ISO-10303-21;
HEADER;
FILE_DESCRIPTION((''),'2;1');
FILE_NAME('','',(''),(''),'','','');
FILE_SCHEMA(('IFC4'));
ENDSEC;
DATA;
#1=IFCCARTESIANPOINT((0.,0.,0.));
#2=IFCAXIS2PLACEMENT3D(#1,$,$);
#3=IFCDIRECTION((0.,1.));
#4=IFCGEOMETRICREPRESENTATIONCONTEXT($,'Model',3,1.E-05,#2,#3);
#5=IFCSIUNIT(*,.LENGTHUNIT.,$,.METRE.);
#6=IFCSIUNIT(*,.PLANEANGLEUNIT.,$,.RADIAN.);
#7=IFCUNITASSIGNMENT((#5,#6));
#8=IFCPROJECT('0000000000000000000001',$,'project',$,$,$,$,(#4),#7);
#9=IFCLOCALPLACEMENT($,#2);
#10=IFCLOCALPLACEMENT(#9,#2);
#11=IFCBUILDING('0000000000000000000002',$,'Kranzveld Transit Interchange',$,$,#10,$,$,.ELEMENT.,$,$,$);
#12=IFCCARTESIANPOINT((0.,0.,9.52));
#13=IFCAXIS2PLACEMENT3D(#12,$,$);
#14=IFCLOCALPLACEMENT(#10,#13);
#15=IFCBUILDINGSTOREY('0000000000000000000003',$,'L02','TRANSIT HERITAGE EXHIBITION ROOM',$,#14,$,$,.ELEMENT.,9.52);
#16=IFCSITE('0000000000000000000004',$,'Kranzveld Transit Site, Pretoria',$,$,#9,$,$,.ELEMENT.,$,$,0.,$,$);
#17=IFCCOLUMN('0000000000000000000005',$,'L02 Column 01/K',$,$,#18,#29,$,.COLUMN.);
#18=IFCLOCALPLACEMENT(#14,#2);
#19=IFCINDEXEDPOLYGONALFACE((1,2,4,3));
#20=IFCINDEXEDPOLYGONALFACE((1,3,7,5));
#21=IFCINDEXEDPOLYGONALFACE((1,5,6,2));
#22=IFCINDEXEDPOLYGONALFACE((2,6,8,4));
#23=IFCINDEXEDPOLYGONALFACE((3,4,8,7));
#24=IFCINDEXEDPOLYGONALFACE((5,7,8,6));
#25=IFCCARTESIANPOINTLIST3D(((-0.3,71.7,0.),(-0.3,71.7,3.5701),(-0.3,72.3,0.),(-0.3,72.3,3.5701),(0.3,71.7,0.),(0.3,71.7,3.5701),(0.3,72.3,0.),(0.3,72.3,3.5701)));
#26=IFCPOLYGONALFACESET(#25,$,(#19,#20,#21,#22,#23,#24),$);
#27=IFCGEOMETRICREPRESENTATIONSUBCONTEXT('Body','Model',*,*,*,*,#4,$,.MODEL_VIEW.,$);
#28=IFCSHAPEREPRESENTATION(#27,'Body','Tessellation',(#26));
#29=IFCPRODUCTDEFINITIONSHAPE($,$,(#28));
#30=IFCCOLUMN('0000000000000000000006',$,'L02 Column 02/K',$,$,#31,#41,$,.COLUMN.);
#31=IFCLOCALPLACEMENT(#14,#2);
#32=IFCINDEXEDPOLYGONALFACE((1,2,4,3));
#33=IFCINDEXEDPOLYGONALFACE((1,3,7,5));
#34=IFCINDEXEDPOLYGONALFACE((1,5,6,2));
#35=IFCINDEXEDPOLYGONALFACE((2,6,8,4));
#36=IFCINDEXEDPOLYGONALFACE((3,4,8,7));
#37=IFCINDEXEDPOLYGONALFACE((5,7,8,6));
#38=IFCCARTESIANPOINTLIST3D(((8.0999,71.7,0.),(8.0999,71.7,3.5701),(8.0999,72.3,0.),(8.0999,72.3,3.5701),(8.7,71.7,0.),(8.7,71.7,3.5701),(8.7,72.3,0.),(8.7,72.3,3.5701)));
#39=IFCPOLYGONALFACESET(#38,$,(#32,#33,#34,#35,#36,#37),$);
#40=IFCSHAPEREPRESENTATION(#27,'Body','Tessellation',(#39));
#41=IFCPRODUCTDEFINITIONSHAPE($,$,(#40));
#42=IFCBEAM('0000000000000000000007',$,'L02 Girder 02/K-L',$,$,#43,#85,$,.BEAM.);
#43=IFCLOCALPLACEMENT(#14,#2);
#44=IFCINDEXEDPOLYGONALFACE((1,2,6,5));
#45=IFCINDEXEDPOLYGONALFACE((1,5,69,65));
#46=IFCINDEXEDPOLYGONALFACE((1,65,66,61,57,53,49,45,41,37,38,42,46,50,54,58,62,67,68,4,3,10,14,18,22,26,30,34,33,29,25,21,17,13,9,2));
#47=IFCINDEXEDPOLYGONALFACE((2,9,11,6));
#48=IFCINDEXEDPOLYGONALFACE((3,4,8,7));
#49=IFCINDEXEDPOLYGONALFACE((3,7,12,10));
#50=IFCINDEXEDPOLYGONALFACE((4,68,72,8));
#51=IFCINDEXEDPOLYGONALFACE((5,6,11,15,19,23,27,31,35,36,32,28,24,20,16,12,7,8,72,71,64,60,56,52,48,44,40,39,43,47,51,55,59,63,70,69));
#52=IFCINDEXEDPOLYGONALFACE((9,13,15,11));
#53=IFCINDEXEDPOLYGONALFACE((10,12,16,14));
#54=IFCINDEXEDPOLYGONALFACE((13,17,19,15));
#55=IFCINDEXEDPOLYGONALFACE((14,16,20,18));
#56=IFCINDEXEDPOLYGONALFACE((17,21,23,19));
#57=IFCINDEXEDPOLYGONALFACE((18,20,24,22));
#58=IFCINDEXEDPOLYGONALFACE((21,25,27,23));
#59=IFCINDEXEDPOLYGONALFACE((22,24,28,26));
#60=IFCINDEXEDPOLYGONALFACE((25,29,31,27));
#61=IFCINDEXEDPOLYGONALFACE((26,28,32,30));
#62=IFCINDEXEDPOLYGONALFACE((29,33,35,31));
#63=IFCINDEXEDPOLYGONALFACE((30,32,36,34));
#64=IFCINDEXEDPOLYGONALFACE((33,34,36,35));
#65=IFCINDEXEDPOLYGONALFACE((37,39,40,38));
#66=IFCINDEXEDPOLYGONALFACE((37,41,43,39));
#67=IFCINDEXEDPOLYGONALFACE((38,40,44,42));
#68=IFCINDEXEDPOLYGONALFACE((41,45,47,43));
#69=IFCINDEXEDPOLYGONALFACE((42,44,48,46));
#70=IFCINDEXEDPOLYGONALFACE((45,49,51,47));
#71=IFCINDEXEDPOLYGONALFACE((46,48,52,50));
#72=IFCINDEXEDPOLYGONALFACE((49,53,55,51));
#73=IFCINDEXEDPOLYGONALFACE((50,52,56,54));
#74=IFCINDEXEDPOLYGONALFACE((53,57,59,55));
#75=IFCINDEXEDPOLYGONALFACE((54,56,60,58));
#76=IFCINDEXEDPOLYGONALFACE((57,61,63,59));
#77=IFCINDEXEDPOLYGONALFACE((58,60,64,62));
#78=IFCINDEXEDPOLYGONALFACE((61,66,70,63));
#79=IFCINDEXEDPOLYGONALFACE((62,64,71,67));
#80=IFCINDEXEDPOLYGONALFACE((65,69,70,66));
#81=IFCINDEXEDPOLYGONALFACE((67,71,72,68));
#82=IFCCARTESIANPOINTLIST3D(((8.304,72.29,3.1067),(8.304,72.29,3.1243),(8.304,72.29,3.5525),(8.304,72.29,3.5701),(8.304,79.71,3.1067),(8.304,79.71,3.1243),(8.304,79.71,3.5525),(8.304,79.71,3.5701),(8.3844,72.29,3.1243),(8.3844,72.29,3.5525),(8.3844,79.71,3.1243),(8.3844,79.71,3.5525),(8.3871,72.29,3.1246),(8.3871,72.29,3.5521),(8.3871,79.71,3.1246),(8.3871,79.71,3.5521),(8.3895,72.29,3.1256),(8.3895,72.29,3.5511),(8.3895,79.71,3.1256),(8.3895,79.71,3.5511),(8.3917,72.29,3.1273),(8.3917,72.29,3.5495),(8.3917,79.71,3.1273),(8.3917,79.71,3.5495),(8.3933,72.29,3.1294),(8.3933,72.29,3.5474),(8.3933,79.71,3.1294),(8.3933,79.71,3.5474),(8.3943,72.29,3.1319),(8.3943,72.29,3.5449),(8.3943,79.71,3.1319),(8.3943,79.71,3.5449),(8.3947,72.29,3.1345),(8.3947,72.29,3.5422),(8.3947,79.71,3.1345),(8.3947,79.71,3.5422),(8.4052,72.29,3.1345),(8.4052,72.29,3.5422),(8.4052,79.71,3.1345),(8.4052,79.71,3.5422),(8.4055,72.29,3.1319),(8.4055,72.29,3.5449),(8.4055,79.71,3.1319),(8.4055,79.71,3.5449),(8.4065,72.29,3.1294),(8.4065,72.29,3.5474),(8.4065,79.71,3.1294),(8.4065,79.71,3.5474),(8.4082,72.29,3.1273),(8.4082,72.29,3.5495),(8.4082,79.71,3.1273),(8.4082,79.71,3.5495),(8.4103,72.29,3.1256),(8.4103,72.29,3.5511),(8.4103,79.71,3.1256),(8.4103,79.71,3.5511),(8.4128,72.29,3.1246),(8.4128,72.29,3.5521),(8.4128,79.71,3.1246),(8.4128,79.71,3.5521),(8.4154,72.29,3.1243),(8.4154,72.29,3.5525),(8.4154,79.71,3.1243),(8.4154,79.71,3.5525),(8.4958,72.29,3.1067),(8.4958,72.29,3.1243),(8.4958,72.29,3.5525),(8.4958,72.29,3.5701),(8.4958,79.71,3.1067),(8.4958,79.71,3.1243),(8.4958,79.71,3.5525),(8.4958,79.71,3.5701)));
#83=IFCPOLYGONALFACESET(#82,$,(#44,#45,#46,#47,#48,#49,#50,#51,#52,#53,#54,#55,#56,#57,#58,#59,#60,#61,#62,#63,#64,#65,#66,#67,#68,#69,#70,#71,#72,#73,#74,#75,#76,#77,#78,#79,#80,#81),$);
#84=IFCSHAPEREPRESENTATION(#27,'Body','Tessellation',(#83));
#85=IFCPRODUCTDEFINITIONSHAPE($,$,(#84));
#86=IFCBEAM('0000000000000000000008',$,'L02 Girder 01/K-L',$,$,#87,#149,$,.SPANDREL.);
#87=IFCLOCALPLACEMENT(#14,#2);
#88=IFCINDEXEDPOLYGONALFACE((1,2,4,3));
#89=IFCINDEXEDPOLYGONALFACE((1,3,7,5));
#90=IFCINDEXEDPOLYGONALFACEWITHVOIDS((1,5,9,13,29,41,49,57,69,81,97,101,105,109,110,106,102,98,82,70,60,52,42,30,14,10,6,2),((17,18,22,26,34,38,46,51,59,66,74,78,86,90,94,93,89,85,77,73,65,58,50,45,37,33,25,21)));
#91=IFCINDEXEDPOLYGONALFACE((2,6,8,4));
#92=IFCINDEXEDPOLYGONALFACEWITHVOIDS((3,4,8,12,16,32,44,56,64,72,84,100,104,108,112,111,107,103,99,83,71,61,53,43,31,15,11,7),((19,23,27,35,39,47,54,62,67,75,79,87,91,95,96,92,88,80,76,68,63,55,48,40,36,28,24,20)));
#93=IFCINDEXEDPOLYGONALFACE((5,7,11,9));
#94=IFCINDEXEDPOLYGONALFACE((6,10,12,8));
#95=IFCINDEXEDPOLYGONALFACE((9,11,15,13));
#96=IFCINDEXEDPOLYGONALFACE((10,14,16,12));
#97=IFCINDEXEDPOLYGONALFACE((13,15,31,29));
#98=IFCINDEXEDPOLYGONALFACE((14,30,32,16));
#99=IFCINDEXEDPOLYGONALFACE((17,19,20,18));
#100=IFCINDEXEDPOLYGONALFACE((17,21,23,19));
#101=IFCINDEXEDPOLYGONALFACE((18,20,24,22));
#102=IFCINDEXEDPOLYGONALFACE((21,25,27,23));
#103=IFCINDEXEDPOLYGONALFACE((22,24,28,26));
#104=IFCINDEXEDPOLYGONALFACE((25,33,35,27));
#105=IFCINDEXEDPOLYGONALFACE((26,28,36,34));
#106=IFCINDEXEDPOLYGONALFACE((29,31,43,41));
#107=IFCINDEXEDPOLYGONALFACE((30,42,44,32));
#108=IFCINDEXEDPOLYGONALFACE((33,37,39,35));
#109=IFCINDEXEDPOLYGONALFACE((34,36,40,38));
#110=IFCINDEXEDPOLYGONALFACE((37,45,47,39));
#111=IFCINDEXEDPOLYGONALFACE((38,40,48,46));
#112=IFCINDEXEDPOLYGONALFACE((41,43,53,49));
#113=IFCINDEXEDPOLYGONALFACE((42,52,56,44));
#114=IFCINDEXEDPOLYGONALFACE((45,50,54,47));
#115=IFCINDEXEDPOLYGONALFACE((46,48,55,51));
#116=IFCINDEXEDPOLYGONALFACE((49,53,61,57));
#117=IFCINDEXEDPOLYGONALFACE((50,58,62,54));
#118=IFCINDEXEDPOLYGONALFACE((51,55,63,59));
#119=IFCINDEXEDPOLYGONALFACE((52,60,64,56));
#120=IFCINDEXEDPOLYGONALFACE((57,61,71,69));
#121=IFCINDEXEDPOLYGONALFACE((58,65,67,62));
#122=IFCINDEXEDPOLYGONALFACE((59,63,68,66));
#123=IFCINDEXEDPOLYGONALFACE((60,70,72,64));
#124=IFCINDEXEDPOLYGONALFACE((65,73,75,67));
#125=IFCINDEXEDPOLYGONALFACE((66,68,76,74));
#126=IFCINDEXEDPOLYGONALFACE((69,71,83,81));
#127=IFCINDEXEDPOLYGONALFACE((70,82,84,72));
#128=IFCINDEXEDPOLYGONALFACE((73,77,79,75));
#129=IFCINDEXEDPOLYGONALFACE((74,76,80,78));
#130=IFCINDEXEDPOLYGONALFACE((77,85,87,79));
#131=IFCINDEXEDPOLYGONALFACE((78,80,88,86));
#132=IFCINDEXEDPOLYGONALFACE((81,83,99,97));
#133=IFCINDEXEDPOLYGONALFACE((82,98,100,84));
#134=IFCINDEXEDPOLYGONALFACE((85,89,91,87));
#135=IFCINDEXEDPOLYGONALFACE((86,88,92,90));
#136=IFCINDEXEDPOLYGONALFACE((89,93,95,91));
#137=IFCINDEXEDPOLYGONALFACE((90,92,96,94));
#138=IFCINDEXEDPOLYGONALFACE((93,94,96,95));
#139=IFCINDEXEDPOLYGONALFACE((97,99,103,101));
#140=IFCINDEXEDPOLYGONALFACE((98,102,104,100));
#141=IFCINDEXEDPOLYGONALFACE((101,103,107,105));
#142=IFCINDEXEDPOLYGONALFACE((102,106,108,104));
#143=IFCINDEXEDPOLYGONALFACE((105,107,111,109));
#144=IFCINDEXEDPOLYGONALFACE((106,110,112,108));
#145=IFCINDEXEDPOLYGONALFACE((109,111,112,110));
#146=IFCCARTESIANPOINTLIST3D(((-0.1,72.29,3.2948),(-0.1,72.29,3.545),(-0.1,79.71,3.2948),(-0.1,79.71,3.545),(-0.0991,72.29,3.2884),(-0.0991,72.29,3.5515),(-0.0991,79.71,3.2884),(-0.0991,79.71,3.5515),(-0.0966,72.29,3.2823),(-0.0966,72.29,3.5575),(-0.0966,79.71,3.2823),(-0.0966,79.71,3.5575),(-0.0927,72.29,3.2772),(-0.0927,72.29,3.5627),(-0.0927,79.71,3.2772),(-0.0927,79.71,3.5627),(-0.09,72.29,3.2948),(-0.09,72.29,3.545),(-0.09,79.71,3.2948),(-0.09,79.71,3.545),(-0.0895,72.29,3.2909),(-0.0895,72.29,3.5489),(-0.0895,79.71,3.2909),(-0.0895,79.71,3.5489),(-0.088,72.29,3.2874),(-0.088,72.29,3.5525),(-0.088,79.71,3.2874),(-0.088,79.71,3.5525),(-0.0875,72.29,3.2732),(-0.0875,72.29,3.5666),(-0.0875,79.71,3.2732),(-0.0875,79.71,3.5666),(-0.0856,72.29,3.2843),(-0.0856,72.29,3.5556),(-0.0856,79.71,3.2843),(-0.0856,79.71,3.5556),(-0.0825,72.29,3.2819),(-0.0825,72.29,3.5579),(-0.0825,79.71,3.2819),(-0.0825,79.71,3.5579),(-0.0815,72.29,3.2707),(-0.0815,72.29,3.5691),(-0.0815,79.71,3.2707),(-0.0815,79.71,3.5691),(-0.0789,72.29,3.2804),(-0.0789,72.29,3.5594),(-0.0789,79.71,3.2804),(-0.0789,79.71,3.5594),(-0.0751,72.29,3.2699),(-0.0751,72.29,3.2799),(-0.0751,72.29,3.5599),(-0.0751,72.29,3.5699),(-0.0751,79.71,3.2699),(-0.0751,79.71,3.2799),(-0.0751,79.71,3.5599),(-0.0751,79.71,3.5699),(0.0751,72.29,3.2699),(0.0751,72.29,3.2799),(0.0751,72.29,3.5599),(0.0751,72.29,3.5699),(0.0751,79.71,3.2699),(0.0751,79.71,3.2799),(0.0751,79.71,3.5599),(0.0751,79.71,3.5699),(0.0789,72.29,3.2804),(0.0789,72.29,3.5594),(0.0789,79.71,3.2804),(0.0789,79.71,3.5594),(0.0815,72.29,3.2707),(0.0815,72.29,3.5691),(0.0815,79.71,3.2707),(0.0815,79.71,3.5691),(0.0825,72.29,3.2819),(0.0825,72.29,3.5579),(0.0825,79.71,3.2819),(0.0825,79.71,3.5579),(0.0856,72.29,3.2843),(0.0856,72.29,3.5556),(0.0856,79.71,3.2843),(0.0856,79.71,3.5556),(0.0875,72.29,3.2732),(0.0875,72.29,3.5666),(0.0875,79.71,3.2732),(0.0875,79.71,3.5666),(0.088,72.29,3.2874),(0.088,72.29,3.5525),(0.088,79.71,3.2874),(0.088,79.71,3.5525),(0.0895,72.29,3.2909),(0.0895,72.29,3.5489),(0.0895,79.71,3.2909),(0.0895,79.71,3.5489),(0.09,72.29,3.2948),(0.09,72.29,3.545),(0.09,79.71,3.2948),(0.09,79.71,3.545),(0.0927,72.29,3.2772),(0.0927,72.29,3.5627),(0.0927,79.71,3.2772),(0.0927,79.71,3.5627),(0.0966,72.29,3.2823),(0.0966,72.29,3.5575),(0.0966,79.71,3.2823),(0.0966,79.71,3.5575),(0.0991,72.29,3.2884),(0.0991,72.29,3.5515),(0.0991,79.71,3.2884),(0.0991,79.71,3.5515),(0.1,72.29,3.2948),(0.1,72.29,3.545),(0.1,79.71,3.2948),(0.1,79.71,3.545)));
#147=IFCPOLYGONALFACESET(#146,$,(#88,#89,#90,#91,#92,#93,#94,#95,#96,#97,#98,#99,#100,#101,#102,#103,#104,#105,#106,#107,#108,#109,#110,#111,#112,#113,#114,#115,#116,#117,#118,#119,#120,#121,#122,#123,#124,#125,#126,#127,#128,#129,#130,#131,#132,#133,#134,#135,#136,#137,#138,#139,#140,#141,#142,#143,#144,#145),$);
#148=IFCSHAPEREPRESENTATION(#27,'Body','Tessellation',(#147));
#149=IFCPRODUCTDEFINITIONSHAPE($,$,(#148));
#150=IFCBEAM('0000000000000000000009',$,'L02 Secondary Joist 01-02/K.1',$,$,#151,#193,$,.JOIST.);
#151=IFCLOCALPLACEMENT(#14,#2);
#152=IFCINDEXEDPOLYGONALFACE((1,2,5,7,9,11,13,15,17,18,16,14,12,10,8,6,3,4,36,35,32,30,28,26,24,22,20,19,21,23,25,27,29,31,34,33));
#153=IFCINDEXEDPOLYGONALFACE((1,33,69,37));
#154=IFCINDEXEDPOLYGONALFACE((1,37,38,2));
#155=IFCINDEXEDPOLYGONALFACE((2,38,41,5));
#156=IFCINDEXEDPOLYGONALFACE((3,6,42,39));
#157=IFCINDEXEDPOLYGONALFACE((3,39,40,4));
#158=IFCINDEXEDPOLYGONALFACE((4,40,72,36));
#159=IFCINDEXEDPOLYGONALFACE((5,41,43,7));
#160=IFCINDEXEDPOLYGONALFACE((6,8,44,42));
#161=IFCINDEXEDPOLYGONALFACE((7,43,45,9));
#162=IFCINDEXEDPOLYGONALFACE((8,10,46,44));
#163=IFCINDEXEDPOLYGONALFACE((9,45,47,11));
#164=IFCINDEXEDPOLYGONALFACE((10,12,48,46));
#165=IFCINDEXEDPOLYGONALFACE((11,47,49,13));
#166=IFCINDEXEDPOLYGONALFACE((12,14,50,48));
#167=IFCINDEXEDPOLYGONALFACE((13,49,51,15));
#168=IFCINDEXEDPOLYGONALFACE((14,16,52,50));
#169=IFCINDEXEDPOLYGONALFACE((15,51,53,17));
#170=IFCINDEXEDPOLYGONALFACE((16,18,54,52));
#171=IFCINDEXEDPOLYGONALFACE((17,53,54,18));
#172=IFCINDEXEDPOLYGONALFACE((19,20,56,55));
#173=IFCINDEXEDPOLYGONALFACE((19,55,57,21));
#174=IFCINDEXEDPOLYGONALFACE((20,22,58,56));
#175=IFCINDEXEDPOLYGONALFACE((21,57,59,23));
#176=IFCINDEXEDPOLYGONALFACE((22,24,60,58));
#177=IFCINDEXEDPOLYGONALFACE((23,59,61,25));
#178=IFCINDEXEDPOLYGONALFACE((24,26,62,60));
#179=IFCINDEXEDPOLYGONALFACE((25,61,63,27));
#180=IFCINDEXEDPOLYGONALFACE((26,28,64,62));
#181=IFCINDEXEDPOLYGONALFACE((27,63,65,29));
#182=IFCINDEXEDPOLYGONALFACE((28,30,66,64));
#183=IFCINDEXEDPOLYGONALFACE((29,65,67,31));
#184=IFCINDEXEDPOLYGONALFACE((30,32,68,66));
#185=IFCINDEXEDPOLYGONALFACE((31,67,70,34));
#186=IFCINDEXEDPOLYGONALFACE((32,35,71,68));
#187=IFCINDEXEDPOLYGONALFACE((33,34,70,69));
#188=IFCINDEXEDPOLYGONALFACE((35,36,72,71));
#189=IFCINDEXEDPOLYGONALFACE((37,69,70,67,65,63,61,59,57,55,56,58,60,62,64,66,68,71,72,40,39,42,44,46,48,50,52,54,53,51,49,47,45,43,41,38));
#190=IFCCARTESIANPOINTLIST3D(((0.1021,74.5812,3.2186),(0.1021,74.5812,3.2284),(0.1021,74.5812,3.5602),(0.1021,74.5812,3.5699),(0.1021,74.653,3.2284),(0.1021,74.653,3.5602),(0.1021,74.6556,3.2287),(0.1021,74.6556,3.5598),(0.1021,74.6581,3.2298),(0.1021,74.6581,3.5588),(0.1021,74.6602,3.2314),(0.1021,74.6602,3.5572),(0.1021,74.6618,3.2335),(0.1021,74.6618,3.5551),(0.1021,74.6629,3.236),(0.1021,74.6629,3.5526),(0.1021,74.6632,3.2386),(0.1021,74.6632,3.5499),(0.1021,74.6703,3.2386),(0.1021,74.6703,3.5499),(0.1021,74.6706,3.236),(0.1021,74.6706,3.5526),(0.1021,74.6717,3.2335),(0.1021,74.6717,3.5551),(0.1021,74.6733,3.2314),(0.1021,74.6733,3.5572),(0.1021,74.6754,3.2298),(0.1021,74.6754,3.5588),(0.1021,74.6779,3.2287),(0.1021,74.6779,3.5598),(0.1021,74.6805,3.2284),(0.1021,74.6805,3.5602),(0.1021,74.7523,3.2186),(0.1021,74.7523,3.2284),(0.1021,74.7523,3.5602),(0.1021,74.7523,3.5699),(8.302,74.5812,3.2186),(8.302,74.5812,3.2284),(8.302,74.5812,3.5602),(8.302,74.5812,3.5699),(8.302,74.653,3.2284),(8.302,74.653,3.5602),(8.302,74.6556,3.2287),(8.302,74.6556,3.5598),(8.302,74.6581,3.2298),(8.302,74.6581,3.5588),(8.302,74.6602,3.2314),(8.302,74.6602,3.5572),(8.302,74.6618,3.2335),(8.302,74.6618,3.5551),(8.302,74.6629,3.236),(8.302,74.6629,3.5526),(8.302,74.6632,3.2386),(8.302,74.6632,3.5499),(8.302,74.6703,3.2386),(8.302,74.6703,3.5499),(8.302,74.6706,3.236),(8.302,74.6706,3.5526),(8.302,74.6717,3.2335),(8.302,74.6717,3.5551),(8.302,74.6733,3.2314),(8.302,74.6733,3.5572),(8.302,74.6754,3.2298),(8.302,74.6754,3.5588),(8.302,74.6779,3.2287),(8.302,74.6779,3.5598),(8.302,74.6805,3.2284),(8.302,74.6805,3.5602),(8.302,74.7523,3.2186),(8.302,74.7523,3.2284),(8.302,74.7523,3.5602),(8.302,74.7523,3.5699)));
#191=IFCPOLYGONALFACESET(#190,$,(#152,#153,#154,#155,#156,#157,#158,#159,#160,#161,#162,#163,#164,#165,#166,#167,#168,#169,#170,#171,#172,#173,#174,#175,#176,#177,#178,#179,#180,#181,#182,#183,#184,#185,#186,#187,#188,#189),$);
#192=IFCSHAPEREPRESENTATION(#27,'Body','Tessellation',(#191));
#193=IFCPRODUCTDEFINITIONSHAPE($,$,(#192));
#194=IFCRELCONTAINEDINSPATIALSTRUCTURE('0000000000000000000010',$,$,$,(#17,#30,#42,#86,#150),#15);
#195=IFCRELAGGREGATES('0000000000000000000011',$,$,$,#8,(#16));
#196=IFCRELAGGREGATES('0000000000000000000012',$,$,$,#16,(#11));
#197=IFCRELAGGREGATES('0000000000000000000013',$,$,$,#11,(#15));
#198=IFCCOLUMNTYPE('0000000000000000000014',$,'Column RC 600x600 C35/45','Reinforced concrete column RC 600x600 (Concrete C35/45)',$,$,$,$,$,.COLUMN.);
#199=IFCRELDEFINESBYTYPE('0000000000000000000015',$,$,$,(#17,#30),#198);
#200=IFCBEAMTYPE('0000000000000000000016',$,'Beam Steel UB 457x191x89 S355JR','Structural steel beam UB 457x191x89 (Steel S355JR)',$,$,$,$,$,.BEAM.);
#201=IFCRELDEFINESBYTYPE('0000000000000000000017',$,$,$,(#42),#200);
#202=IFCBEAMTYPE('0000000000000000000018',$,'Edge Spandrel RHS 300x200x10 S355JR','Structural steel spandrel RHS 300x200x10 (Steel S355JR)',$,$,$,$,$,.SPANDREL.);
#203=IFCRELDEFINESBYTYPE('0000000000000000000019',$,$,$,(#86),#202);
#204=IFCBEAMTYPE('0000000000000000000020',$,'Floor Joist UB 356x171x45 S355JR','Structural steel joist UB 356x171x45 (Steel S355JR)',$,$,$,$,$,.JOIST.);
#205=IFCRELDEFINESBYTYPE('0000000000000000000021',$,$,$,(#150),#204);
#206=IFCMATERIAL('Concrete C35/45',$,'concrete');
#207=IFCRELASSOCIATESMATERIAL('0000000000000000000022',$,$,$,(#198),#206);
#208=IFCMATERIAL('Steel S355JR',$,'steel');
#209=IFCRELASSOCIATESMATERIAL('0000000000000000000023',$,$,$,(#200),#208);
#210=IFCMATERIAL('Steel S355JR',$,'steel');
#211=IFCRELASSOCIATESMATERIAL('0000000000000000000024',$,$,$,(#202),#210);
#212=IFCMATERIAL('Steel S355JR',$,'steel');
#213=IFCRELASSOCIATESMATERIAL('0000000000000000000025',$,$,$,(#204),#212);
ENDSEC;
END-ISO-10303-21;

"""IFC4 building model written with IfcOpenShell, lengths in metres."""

from ifc_helpers import new_model, si_unit, direction, frame, origin, origin_2d, place, context, subcontext, project, spatial, rectangle, hollow_rectangle, i_section, extrude, material, material_profile, profile_set, type_object, element, save


model = new_model("IFC4")

# Units and contexts
model_context = context("Model", 3, precision=1e-05, world=origin(), true_north=direction((0.0, 1.0)))
body_context = subcontext(model_context, "Body", "Model", "MODEL_VIEW")
ifc_project = project(units=[si_unit("LENGTHUNIT", "METRE"), si_unit("PLANEANGLEUNIT", "RADIAN")], contexts=[model_context])

# Site, building, storey
site_placement = place(None, origin())
site = spatial("IfcSite", under=ifc_project, at=site_placement, Name="Kranzveld Transit Site, Pretoria", CompositionType="ELEMENT", RefElevation=0.0)
building_placement = place(site_placement, origin())
building = spatial("IfcBuilding", under=site, at=building_placement, Name="Kranzveld Transit Interchange", CompositionType="ELEMENT")
storey_placement = place(building_placement, frame((0.0, 0.0, 9.52)))
storey = spatial("IfcBuildingStorey", under=building, at=storey_placement, Name="L02", Description="TRANSIT HERITAGE EXHIBITION ROOM", CompositionType="ELEMENT", Elevation=9.52)

# Columns
ifc_material_1 = material(Name="Concrete C35/45", Category="concrete")
ifc_material_profile_1 = material_profile(ifc_material_1, rectangle(XDim=0.6001, YDim=0.6001, at=origin_2d()), Name="RC 600x600")
ifc_profile_set_1 = profile_set([ifc_material_profile_1], Name="Concrete C35/45")
column_type = type_object("IfcColumnType", Name="Column RC 600x600 C35/45", Description="Reinforced concrete column RC 600x600 (Concrete C35/45)", PredefinedType="COLUMN", material=ifc_profile_set_1)
for number, where, z_axis, x_axis, name in (
    (1, (0.0, 72.0, 0.0), (0.0, 0.0, 1.0), (1.0, 0.0, 0.0), "L02 Column 01/K"),
    (2, (8.3999, 72.0, 0.0), (0.0, 0.0, 1.0), (1.0, 0.0, 0.0), "L02 Column 02/K"),
):
    element("IfcColumn", number, at=place(storey_placement, frame(where, z_axis=z_axis, x_axis=x_axis)), inside=storey, type_object=column_type, Name=name, PredefinedType="COLUMN", context=body_context, shape_type="SweptSolid", body=[
        extrude(rectangle(XDim=0.6001, YDim=0.6001, at=origin_2d()), origin(), (0.0, 0.0, 1.0), 3.5701),
    ])

# Beams
ifc_material_2 = material(Name="Steel S355JR", Category="steel")
ifc_material_profile_2 = material_profile(ifc_material_2, i_section(OverallWidth=0.1919, OverallDepth=0.4634, WebThickness=0.0105, FlangeThickness=0.0176, FilletRadius=0.0103, at=origin_2d()), Name="UB 457x191x89")
ifc_profile_set_2 = profile_set([ifc_material_profile_2], Name="Steel S355JR")
beam_type_1 = type_object("IfcBeamType", Name="Beam Steel UB 457x191x89 S355JR", Description="Structural steel beam UB 457x191x89 (Steel S355JR)", PredefinedType="BEAM", material=ifc_profile_set_2)
beam_1_placement = place(storey_placement, frame((8.3999, 72.29, 3.3384), z_axis=(0.0, 1.0, 0.0), x_axis=(-1.0, 0.0, 0.0)))
element("IfcBeam", 3, at=beam_1_placement, inside=storey, type_object=beam_type_1, Name="L02 Girder 02/K-L", PredefinedType="BEAM", context=body_context, shape_type="SweptSolid", body=[
    extrude(i_section(OverallWidth=0.1919, OverallDepth=0.4634, WebThickness=0.0105, FlangeThickness=0.0176, FilletRadius=0.0103, at=origin_2d()), origin(), (0.0, 0.0, 1.0), 7.4199),
])
ifc_material_3 = material(Name="Steel S355JR", Category="steel")
ifc_material_profile_3 = material_profile(ifc_material_3, hollow_rectangle(XDim=0.2, YDim=0.3, WallThickness=0.01, InnerFilletRadius=0.0149, OuterFilletRadius=0.0249, at=origin_2d()), Name="RHS 300x200x10")
ifc_profile_set_3 = profile_set([ifc_material_profile_3], Name="Steel S355JR")
beam_type_2 = type_object("IfcBeamType", Name="Edge Spandrel RHS 300x200x10 S355JR", Description="Structural steel spandrel RHS 300x200x10 (Steel S355JR)", PredefinedType="SPANDREL", material=ifc_profile_set_3)
beam_2_placement = place(storey_placement, frame((0.0, 72.29, 3.4199), z_axis=(0.0, 1.0, 0.0), x_axis=(-1.0, 0.0, 0.0)))
element("IfcBeam", 4, at=beam_2_placement, inside=storey, type_object=beam_type_2, Name="L02 Girder 01/K-L", PredefinedType="SPANDREL", context=body_context, shape_type="SweptSolid", body=[
    extrude(hollow_rectangle(XDim=0.2, YDim=0.3, WallThickness=0.01, InnerFilletRadius=0.0149, OuterFilletRadius=0.0249, at=origin_2d()), origin(), (0.0, 0.0, 1.0), 7.4199),
])
ifc_material_4 = material(Name="Steel S355JR", Category="steel")
ifc_material_profile_4 = material_profile(ifc_material_4, i_section(OverallWidth=0.1711, OverallDepth=0.3513, WebThickness=0.0071, FlangeThickness=0.0098, FilletRadius=0.0103, at=origin_2d()), Name="UB 356x171x45")
ifc_profile_set_4 = profile_set([ifc_material_profile_4], Name="Steel S355JR")
beam_type_3 = type_object("IfcBeamType", Name="Floor Joist UB 356x171x45 S355JR", Description="Structural steel joist UB 356x171x45 (Steel S355JR)", PredefinedType="JOIST", material=ifc_profile_set_4)
for number, where, z_axis, x_axis, name in (
    (5, (0.1021, 74.6667, 3.3943), (1.0, 0.0, 0.0), (0.0, 1.0, 0.0), "L02 Secondary Joist 01-02/K.1"),
):
    element("IfcBeam", number, at=place(storey_placement, frame(where, z_axis=z_axis, x_axis=x_axis)), inside=storey, type_object=beam_type_3, Name=name, PredefinedType="JOIST", context=body_context, shape_type="SweptSolid", body=[
        extrude(i_section(OverallWidth=0.1711, OverallDepth=0.3513, WebThickness=0.0071, FlangeThickness=0.0098, FilletRadius=0.0103, at=origin_2d()), origin(), (0.0, 0.0, 1.0), 8.2),
    ])

save(model, "model.ifc")
